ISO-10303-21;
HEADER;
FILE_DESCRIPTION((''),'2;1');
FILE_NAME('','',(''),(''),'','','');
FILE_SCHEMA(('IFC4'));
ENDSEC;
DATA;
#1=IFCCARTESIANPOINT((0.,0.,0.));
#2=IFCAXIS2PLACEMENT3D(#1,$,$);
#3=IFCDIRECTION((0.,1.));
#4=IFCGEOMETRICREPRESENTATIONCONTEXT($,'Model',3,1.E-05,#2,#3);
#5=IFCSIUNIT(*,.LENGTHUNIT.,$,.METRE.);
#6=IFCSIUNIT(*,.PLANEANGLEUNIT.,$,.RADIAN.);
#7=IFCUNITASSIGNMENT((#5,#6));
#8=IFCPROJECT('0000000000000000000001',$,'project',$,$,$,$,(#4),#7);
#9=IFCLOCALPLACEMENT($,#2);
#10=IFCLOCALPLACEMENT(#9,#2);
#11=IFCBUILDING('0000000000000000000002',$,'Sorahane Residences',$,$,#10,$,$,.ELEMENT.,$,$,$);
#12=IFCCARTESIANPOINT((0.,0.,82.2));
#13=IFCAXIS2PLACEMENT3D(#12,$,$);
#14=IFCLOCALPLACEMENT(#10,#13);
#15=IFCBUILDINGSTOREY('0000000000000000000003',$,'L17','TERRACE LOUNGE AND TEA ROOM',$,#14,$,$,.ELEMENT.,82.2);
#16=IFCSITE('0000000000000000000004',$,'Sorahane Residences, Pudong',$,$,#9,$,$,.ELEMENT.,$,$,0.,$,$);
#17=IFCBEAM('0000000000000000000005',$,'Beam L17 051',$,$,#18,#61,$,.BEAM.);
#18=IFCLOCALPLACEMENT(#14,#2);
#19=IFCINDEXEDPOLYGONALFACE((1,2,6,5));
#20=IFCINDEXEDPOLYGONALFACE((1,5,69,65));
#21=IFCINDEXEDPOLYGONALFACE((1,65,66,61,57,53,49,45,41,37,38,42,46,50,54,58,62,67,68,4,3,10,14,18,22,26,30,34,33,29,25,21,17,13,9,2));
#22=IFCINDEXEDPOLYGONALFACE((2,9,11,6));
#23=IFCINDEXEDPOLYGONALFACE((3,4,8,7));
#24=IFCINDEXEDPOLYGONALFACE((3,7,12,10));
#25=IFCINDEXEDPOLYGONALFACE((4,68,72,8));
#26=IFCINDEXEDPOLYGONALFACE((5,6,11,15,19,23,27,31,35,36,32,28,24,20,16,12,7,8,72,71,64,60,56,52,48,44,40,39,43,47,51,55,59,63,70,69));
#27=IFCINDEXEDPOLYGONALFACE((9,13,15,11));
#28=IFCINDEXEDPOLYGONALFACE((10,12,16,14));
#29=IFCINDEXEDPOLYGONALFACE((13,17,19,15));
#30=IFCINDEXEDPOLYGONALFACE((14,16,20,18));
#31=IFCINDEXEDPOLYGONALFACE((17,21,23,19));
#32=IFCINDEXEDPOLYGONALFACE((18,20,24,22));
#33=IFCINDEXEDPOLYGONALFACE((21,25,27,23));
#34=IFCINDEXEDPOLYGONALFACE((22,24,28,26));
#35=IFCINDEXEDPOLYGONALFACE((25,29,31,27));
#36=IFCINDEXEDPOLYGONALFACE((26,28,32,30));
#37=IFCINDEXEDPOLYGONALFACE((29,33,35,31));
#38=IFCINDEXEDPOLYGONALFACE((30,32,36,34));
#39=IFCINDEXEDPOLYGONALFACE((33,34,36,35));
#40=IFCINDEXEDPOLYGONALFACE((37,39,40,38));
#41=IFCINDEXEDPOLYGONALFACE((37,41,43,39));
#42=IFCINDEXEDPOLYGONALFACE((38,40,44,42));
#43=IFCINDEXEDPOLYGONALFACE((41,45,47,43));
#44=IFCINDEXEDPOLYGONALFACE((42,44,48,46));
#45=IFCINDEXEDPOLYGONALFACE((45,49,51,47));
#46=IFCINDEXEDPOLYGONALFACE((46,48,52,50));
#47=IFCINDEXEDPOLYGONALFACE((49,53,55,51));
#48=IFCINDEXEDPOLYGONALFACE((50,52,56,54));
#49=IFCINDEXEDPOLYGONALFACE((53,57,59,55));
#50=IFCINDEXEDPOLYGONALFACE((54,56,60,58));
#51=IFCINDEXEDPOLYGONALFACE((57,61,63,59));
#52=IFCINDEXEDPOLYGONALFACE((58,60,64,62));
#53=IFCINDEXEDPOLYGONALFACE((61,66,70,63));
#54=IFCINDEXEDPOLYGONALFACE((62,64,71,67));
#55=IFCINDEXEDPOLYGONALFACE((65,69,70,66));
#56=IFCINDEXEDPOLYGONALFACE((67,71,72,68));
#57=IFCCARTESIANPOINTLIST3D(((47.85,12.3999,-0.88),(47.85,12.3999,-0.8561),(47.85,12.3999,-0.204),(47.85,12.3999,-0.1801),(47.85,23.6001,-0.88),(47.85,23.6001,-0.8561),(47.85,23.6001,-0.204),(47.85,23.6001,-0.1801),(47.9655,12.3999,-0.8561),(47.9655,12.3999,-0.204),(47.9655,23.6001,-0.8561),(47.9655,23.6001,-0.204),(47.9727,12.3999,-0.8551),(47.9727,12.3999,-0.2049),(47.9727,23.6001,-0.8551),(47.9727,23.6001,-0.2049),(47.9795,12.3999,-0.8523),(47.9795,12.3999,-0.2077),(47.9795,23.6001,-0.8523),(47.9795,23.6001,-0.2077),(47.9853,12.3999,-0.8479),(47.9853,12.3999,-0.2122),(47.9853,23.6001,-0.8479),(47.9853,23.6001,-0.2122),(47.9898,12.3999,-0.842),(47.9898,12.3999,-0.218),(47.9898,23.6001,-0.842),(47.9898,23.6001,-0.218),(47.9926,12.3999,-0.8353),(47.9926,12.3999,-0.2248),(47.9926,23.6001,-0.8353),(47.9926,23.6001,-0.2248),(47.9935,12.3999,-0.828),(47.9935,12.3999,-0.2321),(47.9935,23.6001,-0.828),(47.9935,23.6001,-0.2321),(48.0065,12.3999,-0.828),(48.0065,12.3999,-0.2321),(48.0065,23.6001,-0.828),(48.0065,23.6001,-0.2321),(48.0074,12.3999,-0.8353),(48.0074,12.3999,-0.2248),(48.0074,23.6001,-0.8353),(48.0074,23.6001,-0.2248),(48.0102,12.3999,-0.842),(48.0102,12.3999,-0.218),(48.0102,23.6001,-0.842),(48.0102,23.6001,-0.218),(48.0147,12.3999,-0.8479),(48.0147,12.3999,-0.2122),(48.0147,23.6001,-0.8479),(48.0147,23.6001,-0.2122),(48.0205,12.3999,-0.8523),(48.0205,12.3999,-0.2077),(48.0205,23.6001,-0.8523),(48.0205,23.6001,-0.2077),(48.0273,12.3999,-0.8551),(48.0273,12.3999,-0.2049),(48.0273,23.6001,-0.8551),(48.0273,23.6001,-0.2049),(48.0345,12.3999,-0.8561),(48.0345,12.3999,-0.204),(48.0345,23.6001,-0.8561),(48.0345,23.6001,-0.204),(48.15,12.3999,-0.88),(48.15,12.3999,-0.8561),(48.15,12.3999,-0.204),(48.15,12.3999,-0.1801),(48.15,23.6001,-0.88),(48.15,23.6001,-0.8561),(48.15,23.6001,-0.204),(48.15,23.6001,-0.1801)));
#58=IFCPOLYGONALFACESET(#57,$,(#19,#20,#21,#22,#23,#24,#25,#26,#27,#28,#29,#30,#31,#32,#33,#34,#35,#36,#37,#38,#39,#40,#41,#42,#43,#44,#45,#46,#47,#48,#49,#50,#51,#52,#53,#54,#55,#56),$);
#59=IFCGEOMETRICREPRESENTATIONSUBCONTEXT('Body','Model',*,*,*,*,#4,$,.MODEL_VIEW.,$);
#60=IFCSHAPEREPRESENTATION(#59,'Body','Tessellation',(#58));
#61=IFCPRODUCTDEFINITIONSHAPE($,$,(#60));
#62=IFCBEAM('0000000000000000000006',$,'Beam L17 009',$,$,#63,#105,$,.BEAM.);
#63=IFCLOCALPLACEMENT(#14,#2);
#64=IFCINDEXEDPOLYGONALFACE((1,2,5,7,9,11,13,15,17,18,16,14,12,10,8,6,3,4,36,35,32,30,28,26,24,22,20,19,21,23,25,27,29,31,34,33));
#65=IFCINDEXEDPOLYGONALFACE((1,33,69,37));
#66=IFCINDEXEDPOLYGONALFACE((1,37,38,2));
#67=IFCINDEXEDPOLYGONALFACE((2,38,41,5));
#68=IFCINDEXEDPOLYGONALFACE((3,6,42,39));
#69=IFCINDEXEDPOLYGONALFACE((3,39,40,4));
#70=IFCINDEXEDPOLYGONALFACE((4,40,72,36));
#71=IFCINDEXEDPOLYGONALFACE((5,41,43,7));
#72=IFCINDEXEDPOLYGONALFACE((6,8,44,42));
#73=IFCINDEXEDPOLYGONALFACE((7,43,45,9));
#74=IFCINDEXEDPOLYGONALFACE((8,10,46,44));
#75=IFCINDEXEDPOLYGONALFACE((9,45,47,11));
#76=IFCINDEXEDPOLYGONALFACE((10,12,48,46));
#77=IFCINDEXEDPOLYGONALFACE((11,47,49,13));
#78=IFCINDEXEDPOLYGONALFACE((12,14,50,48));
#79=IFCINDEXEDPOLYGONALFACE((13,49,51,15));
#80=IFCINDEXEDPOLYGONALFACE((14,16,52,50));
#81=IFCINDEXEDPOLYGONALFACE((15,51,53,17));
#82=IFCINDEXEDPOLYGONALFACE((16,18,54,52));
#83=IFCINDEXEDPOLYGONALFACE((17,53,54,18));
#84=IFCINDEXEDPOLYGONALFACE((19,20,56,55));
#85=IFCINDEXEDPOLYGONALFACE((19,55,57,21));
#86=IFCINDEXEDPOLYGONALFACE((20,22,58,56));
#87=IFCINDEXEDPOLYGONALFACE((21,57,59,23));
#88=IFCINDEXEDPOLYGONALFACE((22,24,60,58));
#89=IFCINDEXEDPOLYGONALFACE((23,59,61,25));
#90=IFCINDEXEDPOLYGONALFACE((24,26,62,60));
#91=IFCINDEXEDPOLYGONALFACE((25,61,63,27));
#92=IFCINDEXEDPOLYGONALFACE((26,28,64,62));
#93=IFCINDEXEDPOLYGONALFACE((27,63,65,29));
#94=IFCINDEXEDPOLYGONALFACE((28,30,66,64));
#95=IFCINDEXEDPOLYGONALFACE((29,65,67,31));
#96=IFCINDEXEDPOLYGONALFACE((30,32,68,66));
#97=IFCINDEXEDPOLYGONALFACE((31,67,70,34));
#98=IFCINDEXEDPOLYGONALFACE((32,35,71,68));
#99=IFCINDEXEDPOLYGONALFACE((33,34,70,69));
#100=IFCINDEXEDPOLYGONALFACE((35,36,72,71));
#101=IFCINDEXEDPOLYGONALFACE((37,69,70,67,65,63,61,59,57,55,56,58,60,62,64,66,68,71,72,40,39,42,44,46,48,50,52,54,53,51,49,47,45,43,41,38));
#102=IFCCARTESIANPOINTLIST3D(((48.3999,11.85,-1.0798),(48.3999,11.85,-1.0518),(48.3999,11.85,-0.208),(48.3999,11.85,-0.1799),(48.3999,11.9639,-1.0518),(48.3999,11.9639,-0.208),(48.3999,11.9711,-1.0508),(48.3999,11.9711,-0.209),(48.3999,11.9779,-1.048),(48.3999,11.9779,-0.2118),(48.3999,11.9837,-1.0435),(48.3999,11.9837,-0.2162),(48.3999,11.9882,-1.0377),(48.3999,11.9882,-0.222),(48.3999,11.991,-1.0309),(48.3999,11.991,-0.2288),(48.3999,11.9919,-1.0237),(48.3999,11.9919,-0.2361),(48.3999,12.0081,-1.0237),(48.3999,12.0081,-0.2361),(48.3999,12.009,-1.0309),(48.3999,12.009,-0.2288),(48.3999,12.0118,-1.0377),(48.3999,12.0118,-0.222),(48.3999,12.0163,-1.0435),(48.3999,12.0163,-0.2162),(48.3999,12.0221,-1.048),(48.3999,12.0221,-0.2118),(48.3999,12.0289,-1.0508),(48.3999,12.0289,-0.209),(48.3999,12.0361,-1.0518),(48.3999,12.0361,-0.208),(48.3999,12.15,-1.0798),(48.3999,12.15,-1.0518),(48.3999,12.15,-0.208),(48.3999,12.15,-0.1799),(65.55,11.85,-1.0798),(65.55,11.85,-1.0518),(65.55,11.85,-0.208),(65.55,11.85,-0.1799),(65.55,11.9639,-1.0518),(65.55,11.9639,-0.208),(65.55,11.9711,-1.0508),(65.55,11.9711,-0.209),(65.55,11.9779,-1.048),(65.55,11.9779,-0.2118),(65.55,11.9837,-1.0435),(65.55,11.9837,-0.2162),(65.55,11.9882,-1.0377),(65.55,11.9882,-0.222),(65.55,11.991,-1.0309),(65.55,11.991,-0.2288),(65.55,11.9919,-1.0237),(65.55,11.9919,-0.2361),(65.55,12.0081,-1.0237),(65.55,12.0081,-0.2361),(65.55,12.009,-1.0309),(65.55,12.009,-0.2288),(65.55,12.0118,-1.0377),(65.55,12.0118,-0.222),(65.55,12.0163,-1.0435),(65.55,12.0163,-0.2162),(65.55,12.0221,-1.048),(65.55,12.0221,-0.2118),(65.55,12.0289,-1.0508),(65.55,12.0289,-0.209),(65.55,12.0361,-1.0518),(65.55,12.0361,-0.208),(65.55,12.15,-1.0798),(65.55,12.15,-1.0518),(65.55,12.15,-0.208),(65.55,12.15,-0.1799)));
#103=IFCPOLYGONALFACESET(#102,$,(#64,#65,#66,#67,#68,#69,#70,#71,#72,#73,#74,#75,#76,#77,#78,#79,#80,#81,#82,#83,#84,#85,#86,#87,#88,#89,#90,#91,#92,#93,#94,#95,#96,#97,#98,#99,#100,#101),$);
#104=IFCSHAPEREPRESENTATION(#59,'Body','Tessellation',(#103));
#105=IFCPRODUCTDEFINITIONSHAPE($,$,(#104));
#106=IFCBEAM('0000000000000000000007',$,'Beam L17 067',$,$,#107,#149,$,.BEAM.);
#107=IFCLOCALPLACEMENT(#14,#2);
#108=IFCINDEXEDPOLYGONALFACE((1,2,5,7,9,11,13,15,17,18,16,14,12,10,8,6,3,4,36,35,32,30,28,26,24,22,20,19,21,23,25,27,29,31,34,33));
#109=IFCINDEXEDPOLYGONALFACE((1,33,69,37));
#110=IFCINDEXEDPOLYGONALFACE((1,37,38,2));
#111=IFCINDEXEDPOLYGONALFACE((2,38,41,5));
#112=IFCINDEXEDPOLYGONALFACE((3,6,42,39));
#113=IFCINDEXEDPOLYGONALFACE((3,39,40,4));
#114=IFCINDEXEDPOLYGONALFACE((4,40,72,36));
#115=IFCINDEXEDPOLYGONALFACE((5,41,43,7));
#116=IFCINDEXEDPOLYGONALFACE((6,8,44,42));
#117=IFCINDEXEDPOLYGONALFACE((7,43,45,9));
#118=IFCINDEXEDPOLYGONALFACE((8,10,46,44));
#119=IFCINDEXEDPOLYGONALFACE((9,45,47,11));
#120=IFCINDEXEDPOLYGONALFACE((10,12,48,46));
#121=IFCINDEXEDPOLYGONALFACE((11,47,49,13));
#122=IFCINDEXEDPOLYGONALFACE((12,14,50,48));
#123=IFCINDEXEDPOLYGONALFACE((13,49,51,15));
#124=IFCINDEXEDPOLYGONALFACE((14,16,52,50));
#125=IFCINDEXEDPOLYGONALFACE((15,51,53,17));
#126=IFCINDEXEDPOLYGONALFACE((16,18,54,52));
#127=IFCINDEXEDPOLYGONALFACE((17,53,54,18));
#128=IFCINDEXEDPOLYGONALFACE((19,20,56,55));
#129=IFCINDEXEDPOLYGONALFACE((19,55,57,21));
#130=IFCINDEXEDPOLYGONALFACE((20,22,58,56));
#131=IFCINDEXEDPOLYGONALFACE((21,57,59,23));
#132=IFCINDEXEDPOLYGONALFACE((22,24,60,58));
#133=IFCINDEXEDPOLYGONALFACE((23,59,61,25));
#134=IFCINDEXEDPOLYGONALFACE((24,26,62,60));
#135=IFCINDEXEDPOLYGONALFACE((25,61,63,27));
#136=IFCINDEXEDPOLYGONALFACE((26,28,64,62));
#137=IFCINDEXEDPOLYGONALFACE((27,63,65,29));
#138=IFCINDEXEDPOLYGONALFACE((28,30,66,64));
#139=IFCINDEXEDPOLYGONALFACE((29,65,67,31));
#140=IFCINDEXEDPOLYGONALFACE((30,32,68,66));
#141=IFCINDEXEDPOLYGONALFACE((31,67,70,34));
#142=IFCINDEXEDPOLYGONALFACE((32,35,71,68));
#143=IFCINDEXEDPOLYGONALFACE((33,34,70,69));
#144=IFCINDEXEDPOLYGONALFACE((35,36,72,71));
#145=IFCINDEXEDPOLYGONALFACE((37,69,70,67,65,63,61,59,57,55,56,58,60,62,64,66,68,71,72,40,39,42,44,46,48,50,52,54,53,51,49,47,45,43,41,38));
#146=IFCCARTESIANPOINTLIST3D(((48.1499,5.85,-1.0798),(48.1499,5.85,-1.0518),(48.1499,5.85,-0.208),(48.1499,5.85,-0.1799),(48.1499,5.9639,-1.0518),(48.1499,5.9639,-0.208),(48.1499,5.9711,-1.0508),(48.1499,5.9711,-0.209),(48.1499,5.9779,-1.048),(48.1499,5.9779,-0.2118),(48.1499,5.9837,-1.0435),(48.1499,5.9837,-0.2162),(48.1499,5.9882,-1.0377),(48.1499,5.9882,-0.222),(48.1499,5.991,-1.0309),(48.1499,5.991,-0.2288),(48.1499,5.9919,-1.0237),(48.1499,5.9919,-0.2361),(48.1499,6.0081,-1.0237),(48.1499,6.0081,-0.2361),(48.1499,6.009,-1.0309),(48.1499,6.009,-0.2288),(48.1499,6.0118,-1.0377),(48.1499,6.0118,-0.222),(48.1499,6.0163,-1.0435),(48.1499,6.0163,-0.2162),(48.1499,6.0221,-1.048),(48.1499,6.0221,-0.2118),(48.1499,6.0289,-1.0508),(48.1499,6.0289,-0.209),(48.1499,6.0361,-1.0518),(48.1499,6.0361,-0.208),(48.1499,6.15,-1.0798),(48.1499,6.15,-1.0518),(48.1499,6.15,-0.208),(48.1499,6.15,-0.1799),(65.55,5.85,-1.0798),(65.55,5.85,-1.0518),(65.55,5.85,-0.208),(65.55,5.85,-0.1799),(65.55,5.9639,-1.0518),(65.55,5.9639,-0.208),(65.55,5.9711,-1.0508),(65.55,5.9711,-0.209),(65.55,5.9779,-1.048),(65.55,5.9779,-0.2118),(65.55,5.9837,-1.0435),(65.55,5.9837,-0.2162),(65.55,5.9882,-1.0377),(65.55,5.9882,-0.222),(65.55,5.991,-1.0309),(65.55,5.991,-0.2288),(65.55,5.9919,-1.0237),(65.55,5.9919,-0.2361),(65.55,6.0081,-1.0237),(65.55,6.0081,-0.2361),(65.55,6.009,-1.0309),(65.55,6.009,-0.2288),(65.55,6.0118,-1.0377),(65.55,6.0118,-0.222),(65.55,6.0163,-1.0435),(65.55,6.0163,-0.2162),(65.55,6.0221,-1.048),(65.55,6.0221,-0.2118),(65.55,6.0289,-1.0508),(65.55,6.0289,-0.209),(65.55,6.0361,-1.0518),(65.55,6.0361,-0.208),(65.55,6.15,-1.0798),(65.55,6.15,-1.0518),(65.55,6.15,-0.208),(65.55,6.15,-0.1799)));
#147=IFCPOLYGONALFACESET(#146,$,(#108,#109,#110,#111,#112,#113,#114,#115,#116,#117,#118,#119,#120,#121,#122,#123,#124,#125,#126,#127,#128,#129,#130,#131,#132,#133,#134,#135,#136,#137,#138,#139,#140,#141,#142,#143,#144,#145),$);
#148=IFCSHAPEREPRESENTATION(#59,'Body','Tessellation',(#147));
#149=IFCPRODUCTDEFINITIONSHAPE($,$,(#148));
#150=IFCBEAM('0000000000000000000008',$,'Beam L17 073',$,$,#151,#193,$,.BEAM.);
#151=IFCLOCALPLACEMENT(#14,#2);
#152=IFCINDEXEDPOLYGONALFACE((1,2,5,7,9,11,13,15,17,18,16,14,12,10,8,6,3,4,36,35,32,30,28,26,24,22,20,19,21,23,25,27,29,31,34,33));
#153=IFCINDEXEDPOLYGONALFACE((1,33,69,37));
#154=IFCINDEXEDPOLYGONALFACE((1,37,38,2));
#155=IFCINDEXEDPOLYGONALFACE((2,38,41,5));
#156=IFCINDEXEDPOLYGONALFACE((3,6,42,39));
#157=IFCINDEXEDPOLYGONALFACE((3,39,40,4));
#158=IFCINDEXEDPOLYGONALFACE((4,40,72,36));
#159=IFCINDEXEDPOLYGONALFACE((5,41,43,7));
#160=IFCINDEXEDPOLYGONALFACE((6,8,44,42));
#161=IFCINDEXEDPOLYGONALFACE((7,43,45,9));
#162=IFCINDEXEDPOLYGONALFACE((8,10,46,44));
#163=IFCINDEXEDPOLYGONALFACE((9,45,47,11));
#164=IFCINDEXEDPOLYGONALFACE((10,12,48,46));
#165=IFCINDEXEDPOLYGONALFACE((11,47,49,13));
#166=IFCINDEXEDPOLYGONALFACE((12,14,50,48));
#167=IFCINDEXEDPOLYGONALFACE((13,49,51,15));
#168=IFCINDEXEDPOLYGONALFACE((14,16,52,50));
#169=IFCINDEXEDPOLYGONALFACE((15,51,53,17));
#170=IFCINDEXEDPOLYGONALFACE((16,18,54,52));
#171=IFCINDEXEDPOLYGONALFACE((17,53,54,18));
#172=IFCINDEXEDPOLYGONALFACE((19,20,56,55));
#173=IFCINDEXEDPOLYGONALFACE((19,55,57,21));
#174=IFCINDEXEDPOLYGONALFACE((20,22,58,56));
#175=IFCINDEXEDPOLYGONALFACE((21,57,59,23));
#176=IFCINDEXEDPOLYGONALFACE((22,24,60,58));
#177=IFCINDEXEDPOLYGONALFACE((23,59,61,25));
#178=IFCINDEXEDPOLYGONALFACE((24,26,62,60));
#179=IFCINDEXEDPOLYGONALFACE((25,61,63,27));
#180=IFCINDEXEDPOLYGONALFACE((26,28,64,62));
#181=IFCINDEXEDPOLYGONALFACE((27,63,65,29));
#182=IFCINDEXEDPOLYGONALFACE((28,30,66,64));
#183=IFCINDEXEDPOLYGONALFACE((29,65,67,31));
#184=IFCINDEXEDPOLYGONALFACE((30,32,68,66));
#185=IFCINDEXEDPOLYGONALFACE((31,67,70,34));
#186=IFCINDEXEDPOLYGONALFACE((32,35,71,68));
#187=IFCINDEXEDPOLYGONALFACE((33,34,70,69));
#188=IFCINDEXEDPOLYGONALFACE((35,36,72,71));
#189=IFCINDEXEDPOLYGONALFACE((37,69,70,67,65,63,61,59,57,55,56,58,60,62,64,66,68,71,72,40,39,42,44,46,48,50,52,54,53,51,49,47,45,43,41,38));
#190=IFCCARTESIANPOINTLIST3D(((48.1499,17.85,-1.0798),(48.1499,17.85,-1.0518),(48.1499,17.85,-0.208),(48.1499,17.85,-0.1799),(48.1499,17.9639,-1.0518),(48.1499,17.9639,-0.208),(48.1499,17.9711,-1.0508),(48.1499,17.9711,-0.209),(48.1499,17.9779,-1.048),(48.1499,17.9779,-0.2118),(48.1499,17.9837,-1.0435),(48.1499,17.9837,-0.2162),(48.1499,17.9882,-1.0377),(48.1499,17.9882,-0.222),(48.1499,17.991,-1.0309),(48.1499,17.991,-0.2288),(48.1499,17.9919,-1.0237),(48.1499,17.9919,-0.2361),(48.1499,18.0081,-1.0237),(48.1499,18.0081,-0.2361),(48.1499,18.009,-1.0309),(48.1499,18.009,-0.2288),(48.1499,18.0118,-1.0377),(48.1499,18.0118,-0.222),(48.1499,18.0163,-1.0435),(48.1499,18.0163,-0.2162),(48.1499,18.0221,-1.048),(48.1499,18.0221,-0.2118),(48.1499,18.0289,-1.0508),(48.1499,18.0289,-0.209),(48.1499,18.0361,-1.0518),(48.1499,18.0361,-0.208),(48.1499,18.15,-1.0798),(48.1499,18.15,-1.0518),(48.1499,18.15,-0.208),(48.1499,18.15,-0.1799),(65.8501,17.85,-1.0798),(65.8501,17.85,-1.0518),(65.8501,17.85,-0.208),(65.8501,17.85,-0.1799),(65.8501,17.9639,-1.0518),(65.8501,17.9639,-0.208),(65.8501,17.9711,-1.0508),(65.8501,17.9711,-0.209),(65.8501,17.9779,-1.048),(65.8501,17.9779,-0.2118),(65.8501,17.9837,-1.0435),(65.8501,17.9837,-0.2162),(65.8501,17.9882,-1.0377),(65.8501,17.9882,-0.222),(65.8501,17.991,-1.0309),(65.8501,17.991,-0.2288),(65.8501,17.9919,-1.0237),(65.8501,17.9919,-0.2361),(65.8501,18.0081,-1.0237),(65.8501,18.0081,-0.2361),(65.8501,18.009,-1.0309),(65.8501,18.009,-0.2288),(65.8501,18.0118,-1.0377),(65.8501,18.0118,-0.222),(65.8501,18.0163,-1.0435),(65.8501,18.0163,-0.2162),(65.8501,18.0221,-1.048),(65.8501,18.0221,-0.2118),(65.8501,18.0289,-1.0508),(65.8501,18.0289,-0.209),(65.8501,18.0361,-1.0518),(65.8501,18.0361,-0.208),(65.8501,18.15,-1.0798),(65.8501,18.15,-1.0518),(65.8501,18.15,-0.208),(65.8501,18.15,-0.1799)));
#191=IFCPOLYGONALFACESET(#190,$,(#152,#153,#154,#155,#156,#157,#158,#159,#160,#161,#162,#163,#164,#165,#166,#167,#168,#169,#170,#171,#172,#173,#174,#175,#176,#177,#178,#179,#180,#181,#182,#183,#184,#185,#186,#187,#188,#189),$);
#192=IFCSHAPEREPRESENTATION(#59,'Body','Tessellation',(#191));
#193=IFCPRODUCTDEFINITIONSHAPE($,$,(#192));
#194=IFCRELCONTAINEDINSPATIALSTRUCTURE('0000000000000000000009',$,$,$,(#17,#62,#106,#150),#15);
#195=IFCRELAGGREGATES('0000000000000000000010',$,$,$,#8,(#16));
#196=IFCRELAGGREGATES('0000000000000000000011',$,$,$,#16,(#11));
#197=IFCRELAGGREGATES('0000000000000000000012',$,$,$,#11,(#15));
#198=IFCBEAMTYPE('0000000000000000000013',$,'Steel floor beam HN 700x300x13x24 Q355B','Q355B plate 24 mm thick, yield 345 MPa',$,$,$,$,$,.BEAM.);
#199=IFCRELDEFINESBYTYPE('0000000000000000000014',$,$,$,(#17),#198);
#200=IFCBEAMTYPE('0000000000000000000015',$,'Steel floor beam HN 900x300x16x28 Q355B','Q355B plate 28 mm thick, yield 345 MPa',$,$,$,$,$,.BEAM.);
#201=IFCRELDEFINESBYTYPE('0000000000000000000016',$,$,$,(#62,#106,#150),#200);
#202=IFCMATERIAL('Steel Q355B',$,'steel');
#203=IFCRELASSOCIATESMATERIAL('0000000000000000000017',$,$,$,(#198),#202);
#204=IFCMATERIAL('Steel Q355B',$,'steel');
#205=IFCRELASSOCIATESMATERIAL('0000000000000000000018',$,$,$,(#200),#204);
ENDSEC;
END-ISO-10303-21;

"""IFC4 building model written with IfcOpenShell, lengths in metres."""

from ifc_helpers import new_model, si_unit, direction, frame, origin, origin_2d, place, context, subcontext, project, spatial, i_section, extrude, material, material_profile, profile_set, type_object, element, save


model = new_model("IFC4")

# Units and contexts
model_context = context("Model", 3, precision=1e-05, world=origin(), true_north=direction((0.0, 1.0)))
body_context = subcontext(model_context, "Body", "Model", "MODEL_VIEW")
ifc_project = project(units=[si_unit("LENGTHUNIT", "METRE"), si_unit("PLANEANGLEUNIT", "RADIAN")], contexts=[model_context])

# Site, building, storey
site_placement = place(None, origin())
site = spatial("IfcSite", under=ifc_project, at=site_placement, Name="Sorahane Residences, Pudong", CompositionType="ELEMENT", RefElevation=0.0)
building_placement = place(site_placement, origin())
building = spatial("IfcBuilding", under=site, at=building_placement, Name="Sorahane Residences", CompositionType="ELEMENT")
storey_placement = place(building_placement, frame((0.0, 0.0, 82.2)))
storey = spatial("IfcBuildingStorey", under=building, at=storey_placement, Name="L17", Description="TERRACE LOUNGE AND TEA ROOM", CompositionType="ELEMENT", Elevation=82.2)

# Beams
ifc_material_1 = material(Name="Steel Q355B", Category="steel")
ifc_material_profile_1 = material_profile(ifc_material_1, i_section(OverallWidth=0.3, OverallDepth=0.7, WebThickness=0.0129, FlangeThickness=0.0239, FilletRadius=0.0281, at=origin_2d()), Name="HN 700x300x13x24")
ifc_profile_set_1 = profile_set([ifc_material_profile_1], Name="Steel Q355B")
beam_type_1 = type_object("IfcBeamType", Name="Steel floor beam HN 700x300x13x24 Q355B", Description="Q355B plate 24 mm thick, yield 345 MPa", PredefinedType="BEAM", material=ifc_profile_set_1)
beam_1_placement = place(storey_placement, frame((48.0, 12.3999, -0.53), z_axis=(0.0, 1.0, 0.0), x_axis=(-1.0, 0.0, 0.0)))
element("IfcBeam", 1, at=beam_1_placement, inside=storey, type_object=beam_type_1, Name="Beam L17 051", PredefinedType="BEAM", context=body_context, shape_type="SweptSolid", body=[
    extrude(i_section(OverallWidth=0.3, OverallDepth=0.7, WebThickness=0.0129, FlangeThickness=0.0239, FilletRadius=0.0281, at=origin_2d()), origin(), (0.0, 0.0, 1.0), 11.2002),
])
ifc_material_2 = material(Name="Steel Q355B", Category="steel")
ifc_material_profile_2 = material_profile(ifc_material_2, i_section(OverallWidth=0.3, OverallDepth=0.8999, WebThickness=0.0161, FlangeThickness=0.0281, FilletRadius=0.0281, at=origin_2d()), Name="HN 900x300x16x28")
ifc_profile_set_2 = profile_set([ifc_material_profile_2], Name="Steel Q355B")
beam_type_2 = type_object("IfcBeamType", Name="Steel floor beam HN 900x300x16x28 Q355B", Description="Q355B plate 28 mm thick, yield 345 MPa", PredefinedType="BEAM", material=ifc_profile_set_2)
beam_2_placement = place(storey_placement, frame((48.3999, 12.0, -0.6299), z_axis=(1.0, 0.0, 0.0), x_axis=(0.0, 1.0, 0.0)))
element("IfcBeam", 2, at=beam_2_placement, inside=storey, type_object=beam_type_2, Name="Beam L17 009", PredefinedType="BEAM", context=body_context, shape_type="SweptSolid", body=[
    extrude(i_section(OverallWidth=0.3, OverallDepth=0.8999, WebThickness=0.0161, FlangeThickness=0.0281, FilletRadius=0.0281, at=origin_2d()), origin(), (0.0, 0.0, 1.0), 17.1501),
])
beam_3_placement = place(storey_placement, frame((48.1499, 6.0, -0.6299), z_axis=(1.0, 0.0, 0.0), x_axis=(0.0, 1.0, 0.0)))
element("IfcBeam", 3, at=beam_3_placement, inside=storey, type_object=beam_type_2, Name="Beam L17 067", PredefinedType="BEAM", context=body_context, shape_type="SweptSolid", body=[
    extrude(i_section(OverallWidth=0.3, OverallDepth=0.8999, WebThickness=0.0161, FlangeThickness=0.0281, FilletRadius=0.0281, at=origin_2d()), origin(), (0.0, 0.0, 1.0), 17.4001),
])
beam_4_placement = place(storey_placement, frame((48.1499, 18.0, -0.6299), z_axis=(1.0, 0.0, 0.0), x_axis=(0.0, 1.0, 0.0)))
element("IfcBeam", 4, at=beam_4_placement, inside=storey, type_object=beam_type_2, Name="Beam L17 073", PredefinedType="BEAM", context=body_context, shape_type="SweptSolid", body=[
    extrude(i_section(OverallWidth=0.3, OverallDepth=0.8999, WebThickness=0.0161, FlangeThickness=0.0281, FilletRadius=0.0281, at=origin_2d()), origin(), (0.0, 0.0, 1.0), 17.7002),
])

save(model, "model.ifc")
